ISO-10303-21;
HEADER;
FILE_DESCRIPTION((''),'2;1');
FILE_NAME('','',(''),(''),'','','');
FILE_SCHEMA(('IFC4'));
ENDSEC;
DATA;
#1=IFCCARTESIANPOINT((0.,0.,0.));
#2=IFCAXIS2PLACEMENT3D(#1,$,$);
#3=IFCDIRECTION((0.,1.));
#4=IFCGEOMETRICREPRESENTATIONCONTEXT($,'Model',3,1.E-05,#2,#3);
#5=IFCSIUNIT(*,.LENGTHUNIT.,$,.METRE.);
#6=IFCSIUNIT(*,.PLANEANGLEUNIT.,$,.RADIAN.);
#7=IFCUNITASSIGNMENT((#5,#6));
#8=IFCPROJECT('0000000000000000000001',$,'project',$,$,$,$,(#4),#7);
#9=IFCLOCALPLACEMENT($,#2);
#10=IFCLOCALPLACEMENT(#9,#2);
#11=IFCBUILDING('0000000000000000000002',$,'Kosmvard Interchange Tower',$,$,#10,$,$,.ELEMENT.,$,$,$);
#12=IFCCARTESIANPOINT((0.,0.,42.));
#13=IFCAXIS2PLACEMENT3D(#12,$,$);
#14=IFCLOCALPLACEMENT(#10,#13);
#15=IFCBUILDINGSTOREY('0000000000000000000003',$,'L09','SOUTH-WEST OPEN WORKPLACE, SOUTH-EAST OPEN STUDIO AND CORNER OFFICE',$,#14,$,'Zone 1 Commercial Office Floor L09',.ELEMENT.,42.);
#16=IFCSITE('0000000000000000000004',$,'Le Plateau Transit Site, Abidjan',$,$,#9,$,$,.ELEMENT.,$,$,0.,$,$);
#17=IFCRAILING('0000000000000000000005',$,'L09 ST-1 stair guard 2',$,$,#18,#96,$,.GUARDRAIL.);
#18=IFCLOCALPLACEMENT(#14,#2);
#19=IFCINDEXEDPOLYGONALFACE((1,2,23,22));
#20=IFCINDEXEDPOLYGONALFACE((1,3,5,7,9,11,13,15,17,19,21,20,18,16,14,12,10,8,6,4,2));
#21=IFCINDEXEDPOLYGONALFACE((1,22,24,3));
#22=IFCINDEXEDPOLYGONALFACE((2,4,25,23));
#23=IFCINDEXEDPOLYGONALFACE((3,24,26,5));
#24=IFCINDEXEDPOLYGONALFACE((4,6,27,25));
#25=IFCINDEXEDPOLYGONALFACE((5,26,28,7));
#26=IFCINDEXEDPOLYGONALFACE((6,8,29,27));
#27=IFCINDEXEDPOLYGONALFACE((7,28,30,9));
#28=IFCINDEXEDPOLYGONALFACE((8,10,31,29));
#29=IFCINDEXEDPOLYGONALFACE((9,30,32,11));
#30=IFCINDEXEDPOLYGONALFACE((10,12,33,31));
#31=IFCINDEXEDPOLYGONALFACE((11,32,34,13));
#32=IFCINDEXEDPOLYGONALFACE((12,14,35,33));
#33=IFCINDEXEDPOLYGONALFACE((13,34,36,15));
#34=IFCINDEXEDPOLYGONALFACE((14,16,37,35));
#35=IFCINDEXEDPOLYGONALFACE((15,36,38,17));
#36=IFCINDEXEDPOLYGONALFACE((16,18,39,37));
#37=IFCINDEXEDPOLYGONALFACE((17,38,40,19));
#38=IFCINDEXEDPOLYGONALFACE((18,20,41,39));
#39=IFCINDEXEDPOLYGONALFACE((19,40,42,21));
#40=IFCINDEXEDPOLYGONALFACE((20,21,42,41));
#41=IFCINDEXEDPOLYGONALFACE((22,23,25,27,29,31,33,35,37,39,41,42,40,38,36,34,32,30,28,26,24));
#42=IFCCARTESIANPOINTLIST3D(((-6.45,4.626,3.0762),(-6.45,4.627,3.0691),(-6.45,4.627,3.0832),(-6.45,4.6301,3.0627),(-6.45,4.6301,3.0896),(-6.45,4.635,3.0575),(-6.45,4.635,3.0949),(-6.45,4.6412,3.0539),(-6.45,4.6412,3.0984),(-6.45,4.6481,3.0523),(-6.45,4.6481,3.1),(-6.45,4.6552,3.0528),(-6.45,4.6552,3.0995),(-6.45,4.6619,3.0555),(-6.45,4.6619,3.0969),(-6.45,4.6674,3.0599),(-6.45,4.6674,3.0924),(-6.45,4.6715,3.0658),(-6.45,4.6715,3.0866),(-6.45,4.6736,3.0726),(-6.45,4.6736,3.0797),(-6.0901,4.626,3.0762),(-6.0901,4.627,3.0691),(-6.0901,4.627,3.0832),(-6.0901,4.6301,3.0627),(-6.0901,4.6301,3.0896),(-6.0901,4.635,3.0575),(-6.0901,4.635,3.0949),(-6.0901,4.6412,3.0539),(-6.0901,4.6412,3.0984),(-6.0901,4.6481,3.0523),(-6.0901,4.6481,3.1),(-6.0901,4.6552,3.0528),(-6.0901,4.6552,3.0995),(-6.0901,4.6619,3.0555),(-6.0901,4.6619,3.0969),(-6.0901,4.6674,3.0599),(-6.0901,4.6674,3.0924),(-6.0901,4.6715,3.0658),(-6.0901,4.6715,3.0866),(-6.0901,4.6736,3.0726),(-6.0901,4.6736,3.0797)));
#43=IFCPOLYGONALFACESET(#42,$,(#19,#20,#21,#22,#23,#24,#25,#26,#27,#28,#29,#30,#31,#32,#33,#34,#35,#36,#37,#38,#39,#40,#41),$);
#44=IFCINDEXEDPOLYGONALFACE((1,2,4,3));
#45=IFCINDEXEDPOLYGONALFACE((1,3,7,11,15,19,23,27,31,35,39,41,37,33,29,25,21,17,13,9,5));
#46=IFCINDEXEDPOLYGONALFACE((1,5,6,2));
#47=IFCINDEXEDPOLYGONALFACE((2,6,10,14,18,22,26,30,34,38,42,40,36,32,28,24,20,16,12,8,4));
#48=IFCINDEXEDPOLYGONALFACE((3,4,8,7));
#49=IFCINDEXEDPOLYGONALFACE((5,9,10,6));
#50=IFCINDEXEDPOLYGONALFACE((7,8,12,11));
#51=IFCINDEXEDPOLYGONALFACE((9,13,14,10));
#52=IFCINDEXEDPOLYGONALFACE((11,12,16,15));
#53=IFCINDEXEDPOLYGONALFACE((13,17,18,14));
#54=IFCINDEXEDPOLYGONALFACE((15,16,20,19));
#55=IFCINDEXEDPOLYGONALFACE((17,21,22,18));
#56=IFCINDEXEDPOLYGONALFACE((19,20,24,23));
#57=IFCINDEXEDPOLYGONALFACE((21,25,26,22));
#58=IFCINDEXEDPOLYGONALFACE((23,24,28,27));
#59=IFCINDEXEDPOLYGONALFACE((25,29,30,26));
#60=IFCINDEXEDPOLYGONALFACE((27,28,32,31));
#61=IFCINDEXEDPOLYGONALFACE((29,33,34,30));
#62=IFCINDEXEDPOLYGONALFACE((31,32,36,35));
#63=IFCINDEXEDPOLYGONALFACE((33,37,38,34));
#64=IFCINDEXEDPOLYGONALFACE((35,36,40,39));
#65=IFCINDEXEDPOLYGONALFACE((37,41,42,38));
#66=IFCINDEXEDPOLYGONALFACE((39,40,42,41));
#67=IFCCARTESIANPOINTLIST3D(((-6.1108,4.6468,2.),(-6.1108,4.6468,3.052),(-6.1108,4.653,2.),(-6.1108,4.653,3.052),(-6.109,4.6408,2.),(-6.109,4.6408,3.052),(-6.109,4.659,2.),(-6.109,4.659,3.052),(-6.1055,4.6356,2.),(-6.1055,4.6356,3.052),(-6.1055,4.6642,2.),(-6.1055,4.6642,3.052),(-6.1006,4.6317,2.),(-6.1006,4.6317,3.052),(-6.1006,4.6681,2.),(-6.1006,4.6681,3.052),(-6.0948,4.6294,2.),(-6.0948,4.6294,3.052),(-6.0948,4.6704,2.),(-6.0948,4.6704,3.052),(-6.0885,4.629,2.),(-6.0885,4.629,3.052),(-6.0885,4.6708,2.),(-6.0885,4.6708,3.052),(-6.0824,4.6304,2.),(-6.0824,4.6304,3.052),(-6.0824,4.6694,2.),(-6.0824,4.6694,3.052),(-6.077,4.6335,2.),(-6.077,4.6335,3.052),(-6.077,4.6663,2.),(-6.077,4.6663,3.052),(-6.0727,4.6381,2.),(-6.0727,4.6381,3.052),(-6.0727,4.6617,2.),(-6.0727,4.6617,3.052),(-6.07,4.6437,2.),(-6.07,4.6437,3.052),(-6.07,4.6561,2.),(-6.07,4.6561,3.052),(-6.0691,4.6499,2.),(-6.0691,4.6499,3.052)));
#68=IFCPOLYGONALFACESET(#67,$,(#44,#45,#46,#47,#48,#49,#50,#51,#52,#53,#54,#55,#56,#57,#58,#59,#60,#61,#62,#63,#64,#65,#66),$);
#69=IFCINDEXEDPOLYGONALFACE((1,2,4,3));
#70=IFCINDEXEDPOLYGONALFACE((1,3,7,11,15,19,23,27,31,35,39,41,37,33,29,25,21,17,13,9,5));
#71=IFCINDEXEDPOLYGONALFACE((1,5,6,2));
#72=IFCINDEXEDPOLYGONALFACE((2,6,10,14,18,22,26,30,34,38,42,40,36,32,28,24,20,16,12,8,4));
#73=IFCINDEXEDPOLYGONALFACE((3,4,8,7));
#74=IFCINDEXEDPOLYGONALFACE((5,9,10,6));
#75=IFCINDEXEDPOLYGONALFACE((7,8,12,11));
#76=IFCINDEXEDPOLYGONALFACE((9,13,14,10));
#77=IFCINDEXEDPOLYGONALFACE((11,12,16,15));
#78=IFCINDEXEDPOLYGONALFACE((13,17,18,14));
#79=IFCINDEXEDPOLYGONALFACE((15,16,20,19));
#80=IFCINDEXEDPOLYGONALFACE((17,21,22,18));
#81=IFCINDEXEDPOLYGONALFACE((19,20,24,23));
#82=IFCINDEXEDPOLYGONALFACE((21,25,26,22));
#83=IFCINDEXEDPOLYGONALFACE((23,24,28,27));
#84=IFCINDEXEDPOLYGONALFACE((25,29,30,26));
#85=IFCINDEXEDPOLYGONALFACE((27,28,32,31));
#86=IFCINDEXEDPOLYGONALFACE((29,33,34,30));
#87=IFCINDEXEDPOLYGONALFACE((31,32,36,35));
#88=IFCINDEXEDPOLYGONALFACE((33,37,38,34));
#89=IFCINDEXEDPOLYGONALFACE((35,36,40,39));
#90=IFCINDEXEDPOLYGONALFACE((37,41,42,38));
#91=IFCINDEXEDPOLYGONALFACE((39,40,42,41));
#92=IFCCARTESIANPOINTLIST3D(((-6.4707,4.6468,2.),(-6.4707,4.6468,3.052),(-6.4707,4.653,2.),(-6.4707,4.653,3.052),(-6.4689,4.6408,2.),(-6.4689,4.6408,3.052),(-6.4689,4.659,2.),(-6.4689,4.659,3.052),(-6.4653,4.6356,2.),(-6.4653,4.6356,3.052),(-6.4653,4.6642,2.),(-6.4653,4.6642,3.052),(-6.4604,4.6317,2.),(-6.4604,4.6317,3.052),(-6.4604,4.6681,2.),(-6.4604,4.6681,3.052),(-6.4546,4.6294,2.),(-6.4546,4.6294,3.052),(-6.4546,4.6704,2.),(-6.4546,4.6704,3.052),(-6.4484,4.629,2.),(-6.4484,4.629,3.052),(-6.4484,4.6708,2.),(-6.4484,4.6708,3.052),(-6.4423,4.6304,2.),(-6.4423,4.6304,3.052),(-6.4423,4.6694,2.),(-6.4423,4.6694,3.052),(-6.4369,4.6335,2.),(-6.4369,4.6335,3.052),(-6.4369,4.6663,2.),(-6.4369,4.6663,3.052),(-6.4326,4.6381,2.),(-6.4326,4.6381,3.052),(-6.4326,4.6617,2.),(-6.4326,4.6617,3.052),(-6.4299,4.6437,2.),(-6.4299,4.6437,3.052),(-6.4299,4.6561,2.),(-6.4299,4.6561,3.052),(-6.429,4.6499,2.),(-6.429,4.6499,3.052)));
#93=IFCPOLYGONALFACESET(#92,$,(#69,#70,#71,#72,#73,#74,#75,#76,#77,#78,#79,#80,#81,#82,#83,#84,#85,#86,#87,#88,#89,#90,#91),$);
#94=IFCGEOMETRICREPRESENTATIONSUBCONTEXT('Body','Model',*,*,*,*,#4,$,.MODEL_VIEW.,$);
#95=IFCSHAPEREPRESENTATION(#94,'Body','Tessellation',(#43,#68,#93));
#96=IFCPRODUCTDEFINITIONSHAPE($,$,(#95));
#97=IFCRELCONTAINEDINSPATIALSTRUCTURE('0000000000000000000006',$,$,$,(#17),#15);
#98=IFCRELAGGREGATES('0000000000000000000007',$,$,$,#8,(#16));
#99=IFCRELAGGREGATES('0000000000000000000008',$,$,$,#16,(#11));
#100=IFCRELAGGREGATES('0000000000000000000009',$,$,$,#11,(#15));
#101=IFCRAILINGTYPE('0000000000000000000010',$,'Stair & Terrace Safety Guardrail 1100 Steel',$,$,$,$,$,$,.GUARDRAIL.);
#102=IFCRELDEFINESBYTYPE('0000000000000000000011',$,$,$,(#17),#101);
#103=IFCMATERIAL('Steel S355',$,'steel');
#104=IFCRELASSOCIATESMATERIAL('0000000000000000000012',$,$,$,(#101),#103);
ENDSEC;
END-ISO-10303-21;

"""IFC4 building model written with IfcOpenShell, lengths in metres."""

from ifc_helpers import new_model, si_unit, direction, frame, origin, origin_2d, place, context, subcontext, project, spatial, circle, extrude, source, transform, mapped, material, type_object, element, save


model = new_model("IFC4")

# Units and contexts
model_context = context("Model", 3, precision=1e-05, world=origin(), true_north=direction((0.0, 1.0)))
body_context = subcontext(model_context, "Body", "Model", "MODEL_VIEW")
ifc_project = project(units=[si_unit("LENGTHUNIT", "METRE"), si_unit("PLANEANGLEUNIT", "RADIAN")], contexts=[model_context])

# Site, building, storey
site_placement = place(None, origin())
site = spatial("IfcSite", under=ifc_project, at=site_placement, Name="Le Plateau Transit Site, Abidjan", CompositionType="ELEMENT", RefElevation=0.0)
building_placement = place(site_placement, origin())
building = spatial("IfcBuilding", under=site, at=building_placement, Name="Kosmvard Interchange Tower", CompositionType="ELEMENT")
storey_placement = place(building_placement, frame((0.0, 0.0, 42.0)))
storey = spatial("IfcBuildingStorey", under=building, at=storey_placement, Name="L09", Description="SOUTH-WEST OPEN WORKPLACE, SOUTH-EAST OPEN STUDIO AND CORNER OFFICE", LongName="Zone 1 Commercial Office Floor L09", CompositionType="ELEMENT", Elevation=42.0)

# Shared definitions
ifc_material_1 = material(Name="Steel S355", Category="steel")

# Railing
railing_type = type_object("IfcRailingType", Name="Stair & Terrace Safety Guardrail 1100 Steel", PredefinedType="GUARDRAIL", material=ifc_material_1)
shared_shape_1 = source(origin(), body_context, "Body", "SweptSolid", [
    extrude(circle(Radius=0.0239, at=origin_2d()), frame((0.0, 0.0, 1.0762), z_axis=(-1.0, 0.0, 0.0), x_axis=(0.0, -1.0, 0.0)), (0.0, 0.0, 1.0), 0.3599),
    extrude(circle(Radius=0.021, at=origin_2d()), origin(), (0.0, 0.0, 1.0), 1.052),
    extrude(circle(Radius=0.021, at=origin_2d()), frame((-0.3599, 0.0, 0.0)), (0.0, 0.0, 1.0), 1.052),
])
railing_1_placement = place(storey_placement, frame((-6.0901, 4.6499, 2.0)))
element("IfcRailing", 1, at=railing_1_placement, inside=storey, type_object=railing_type, Name="L09 ST-1 stair guard 2", PredefinedType="GUARDRAIL", context=body_context, shape_type="MappedRepresentation", body=[
    mapped(shared_shape_1, transform((0.0, 0.0, 0.0), scale=1.0)),
])

save(model, "model.ifc")
